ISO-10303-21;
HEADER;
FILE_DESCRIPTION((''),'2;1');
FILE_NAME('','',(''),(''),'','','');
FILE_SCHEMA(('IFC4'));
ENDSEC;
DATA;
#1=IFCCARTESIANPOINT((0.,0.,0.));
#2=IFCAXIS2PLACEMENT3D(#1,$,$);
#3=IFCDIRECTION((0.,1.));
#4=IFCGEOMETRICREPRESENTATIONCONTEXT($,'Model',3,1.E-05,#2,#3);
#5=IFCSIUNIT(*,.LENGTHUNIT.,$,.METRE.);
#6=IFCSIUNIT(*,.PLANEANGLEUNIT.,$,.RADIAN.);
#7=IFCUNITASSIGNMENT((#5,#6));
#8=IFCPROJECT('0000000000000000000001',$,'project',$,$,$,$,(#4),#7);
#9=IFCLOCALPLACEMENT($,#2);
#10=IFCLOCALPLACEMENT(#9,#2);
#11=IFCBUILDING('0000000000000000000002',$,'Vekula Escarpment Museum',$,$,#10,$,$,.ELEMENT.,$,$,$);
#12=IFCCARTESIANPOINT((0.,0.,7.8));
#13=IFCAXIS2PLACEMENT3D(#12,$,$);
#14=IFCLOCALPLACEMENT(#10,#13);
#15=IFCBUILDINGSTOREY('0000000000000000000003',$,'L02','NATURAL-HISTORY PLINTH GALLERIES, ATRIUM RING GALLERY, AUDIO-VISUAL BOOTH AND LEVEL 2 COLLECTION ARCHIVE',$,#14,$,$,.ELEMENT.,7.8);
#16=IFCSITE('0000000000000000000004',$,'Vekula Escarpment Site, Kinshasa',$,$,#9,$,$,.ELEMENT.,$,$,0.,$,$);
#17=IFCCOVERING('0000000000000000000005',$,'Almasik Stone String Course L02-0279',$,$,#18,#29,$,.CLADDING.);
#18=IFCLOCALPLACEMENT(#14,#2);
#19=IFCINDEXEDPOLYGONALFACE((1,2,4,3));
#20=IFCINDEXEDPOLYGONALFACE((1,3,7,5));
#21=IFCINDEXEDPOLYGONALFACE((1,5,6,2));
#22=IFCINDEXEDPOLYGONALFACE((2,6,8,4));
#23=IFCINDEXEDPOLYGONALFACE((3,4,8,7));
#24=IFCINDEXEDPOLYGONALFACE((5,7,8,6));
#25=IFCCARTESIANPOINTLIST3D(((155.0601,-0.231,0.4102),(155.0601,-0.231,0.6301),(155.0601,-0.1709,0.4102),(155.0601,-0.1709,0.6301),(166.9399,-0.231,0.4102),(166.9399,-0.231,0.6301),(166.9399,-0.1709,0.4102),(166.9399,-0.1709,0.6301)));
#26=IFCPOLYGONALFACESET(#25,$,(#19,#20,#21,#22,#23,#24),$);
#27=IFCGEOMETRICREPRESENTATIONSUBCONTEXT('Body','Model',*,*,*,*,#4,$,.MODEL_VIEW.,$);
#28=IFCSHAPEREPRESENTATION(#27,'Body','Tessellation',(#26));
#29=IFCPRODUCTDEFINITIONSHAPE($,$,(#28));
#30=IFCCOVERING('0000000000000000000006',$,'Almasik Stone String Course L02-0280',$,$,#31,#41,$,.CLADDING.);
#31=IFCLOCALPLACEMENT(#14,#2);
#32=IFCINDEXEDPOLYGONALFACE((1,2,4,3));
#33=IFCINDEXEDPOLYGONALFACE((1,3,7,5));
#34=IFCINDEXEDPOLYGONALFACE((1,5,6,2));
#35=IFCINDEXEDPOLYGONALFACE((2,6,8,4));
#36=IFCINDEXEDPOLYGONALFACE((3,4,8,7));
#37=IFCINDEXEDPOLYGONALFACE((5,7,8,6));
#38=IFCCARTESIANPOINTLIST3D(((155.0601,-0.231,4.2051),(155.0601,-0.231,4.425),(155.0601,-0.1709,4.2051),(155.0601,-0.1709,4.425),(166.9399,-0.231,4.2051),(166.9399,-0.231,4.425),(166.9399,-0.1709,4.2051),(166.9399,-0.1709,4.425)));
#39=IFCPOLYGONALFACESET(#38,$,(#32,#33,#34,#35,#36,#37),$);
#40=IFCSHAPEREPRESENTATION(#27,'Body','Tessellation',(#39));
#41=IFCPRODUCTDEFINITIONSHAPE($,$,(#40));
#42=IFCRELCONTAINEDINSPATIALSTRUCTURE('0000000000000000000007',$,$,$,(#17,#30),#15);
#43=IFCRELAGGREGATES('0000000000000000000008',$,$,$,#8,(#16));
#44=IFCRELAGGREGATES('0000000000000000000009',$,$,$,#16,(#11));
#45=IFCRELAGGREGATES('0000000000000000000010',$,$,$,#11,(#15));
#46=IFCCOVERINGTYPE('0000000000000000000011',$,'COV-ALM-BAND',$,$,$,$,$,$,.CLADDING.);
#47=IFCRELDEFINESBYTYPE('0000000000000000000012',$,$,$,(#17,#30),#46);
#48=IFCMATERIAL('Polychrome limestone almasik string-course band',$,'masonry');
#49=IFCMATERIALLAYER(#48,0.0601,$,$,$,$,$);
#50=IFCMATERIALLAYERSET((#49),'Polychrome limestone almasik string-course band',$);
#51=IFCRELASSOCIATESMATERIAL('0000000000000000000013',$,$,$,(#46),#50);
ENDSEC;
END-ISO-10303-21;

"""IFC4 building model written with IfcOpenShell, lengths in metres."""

from ifc_helpers import new_model, si_unit, direction, frame, origin, origin_2d, place, context, subcontext, project, spatial, rectangle, extrude, material, layer, layer_set, type_object, element, save


model = new_model("IFC4")

# Units and contexts
model_context = context("Model", 3, precision=1e-05, world=origin(), true_north=direction((0.0, 1.0)))
body_context = subcontext(model_context, "Body", "Model", "MODEL_VIEW")
ifc_project = project(units=[si_unit("LENGTHUNIT", "METRE"), si_unit("PLANEANGLEUNIT", "RADIAN")], contexts=[model_context])

# Site, building, storey
site_placement = place(None, origin())
site = spatial("IfcSite", under=ifc_project, at=site_placement, Name="Vekula Escarpment Site, Kinshasa", CompositionType="ELEMENT", RefElevation=0.0)
building_placement = place(site_placement, origin())
building = spatial("IfcBuilding", under=site, at=building_placement, Name="Vekula Escarpment Museum", CompositionType="ELEMENT")
storey_placement = place(building_placement, frame((0.0, 0.0, 7.8)))
storey = spatial("IfcBuildingStorey", under=building, at=storey_placement, Name="L02", Description="NATURAL-HISTORY PLINTH GALLERIES, ATRIUM RING GALLERY, AUDIO-VISUAL BOOTH AND LEVEL 2 COLLECTION ARCHIVE", CompositionType="ELEMENT", Elevation=7.8)

# Coverings
ifc_material_1 = material(Name="Polychrome limestone almasik string-course band", Category="masonry")
ifc_layer_1 = layer(ifc_material_1, 0.0601)
ifc_layer_set_1 = layer_set([ifc_layer_1], Name="Polychrome limestone almasik string-course band")
covering_type = type_object("IfcCoveringType", Name="COV-ALM-BAND", PredefinedType="CLADDING", material=ifc_layer_set_1)
for number, where, z_axis, x_axis, name in (
    (1, (161.0, -0.2009, 0.4102), (0.0, 0.0, 1.0), (1.0, 0.0, 0.0), "Almasik Stone String Course L02-0279"),
    (2, (161.0, -0.2009, 4.2051), (0.0, 0.0, 1.0), (1.0, 0.0, 0.0), "Almasik Stone String Course L02-0280"),
):
    element("IfcCovering", number, at=place(storey_placement, frame(where, z_axis=z_axis, x_axis=x_axis)), inside=storey, type_object=covering_type, Name=name, PredefinedType="CLADDING", context=body_context, shape_type="SweptSolid", body=[
        extrude(rectangle(XDim=11.8799, YDim=0.0601, at=origin_2d()), origin(), (0.0, 0.0, 1.0), 0.22),
    ])

save(model, "model.ifc")
